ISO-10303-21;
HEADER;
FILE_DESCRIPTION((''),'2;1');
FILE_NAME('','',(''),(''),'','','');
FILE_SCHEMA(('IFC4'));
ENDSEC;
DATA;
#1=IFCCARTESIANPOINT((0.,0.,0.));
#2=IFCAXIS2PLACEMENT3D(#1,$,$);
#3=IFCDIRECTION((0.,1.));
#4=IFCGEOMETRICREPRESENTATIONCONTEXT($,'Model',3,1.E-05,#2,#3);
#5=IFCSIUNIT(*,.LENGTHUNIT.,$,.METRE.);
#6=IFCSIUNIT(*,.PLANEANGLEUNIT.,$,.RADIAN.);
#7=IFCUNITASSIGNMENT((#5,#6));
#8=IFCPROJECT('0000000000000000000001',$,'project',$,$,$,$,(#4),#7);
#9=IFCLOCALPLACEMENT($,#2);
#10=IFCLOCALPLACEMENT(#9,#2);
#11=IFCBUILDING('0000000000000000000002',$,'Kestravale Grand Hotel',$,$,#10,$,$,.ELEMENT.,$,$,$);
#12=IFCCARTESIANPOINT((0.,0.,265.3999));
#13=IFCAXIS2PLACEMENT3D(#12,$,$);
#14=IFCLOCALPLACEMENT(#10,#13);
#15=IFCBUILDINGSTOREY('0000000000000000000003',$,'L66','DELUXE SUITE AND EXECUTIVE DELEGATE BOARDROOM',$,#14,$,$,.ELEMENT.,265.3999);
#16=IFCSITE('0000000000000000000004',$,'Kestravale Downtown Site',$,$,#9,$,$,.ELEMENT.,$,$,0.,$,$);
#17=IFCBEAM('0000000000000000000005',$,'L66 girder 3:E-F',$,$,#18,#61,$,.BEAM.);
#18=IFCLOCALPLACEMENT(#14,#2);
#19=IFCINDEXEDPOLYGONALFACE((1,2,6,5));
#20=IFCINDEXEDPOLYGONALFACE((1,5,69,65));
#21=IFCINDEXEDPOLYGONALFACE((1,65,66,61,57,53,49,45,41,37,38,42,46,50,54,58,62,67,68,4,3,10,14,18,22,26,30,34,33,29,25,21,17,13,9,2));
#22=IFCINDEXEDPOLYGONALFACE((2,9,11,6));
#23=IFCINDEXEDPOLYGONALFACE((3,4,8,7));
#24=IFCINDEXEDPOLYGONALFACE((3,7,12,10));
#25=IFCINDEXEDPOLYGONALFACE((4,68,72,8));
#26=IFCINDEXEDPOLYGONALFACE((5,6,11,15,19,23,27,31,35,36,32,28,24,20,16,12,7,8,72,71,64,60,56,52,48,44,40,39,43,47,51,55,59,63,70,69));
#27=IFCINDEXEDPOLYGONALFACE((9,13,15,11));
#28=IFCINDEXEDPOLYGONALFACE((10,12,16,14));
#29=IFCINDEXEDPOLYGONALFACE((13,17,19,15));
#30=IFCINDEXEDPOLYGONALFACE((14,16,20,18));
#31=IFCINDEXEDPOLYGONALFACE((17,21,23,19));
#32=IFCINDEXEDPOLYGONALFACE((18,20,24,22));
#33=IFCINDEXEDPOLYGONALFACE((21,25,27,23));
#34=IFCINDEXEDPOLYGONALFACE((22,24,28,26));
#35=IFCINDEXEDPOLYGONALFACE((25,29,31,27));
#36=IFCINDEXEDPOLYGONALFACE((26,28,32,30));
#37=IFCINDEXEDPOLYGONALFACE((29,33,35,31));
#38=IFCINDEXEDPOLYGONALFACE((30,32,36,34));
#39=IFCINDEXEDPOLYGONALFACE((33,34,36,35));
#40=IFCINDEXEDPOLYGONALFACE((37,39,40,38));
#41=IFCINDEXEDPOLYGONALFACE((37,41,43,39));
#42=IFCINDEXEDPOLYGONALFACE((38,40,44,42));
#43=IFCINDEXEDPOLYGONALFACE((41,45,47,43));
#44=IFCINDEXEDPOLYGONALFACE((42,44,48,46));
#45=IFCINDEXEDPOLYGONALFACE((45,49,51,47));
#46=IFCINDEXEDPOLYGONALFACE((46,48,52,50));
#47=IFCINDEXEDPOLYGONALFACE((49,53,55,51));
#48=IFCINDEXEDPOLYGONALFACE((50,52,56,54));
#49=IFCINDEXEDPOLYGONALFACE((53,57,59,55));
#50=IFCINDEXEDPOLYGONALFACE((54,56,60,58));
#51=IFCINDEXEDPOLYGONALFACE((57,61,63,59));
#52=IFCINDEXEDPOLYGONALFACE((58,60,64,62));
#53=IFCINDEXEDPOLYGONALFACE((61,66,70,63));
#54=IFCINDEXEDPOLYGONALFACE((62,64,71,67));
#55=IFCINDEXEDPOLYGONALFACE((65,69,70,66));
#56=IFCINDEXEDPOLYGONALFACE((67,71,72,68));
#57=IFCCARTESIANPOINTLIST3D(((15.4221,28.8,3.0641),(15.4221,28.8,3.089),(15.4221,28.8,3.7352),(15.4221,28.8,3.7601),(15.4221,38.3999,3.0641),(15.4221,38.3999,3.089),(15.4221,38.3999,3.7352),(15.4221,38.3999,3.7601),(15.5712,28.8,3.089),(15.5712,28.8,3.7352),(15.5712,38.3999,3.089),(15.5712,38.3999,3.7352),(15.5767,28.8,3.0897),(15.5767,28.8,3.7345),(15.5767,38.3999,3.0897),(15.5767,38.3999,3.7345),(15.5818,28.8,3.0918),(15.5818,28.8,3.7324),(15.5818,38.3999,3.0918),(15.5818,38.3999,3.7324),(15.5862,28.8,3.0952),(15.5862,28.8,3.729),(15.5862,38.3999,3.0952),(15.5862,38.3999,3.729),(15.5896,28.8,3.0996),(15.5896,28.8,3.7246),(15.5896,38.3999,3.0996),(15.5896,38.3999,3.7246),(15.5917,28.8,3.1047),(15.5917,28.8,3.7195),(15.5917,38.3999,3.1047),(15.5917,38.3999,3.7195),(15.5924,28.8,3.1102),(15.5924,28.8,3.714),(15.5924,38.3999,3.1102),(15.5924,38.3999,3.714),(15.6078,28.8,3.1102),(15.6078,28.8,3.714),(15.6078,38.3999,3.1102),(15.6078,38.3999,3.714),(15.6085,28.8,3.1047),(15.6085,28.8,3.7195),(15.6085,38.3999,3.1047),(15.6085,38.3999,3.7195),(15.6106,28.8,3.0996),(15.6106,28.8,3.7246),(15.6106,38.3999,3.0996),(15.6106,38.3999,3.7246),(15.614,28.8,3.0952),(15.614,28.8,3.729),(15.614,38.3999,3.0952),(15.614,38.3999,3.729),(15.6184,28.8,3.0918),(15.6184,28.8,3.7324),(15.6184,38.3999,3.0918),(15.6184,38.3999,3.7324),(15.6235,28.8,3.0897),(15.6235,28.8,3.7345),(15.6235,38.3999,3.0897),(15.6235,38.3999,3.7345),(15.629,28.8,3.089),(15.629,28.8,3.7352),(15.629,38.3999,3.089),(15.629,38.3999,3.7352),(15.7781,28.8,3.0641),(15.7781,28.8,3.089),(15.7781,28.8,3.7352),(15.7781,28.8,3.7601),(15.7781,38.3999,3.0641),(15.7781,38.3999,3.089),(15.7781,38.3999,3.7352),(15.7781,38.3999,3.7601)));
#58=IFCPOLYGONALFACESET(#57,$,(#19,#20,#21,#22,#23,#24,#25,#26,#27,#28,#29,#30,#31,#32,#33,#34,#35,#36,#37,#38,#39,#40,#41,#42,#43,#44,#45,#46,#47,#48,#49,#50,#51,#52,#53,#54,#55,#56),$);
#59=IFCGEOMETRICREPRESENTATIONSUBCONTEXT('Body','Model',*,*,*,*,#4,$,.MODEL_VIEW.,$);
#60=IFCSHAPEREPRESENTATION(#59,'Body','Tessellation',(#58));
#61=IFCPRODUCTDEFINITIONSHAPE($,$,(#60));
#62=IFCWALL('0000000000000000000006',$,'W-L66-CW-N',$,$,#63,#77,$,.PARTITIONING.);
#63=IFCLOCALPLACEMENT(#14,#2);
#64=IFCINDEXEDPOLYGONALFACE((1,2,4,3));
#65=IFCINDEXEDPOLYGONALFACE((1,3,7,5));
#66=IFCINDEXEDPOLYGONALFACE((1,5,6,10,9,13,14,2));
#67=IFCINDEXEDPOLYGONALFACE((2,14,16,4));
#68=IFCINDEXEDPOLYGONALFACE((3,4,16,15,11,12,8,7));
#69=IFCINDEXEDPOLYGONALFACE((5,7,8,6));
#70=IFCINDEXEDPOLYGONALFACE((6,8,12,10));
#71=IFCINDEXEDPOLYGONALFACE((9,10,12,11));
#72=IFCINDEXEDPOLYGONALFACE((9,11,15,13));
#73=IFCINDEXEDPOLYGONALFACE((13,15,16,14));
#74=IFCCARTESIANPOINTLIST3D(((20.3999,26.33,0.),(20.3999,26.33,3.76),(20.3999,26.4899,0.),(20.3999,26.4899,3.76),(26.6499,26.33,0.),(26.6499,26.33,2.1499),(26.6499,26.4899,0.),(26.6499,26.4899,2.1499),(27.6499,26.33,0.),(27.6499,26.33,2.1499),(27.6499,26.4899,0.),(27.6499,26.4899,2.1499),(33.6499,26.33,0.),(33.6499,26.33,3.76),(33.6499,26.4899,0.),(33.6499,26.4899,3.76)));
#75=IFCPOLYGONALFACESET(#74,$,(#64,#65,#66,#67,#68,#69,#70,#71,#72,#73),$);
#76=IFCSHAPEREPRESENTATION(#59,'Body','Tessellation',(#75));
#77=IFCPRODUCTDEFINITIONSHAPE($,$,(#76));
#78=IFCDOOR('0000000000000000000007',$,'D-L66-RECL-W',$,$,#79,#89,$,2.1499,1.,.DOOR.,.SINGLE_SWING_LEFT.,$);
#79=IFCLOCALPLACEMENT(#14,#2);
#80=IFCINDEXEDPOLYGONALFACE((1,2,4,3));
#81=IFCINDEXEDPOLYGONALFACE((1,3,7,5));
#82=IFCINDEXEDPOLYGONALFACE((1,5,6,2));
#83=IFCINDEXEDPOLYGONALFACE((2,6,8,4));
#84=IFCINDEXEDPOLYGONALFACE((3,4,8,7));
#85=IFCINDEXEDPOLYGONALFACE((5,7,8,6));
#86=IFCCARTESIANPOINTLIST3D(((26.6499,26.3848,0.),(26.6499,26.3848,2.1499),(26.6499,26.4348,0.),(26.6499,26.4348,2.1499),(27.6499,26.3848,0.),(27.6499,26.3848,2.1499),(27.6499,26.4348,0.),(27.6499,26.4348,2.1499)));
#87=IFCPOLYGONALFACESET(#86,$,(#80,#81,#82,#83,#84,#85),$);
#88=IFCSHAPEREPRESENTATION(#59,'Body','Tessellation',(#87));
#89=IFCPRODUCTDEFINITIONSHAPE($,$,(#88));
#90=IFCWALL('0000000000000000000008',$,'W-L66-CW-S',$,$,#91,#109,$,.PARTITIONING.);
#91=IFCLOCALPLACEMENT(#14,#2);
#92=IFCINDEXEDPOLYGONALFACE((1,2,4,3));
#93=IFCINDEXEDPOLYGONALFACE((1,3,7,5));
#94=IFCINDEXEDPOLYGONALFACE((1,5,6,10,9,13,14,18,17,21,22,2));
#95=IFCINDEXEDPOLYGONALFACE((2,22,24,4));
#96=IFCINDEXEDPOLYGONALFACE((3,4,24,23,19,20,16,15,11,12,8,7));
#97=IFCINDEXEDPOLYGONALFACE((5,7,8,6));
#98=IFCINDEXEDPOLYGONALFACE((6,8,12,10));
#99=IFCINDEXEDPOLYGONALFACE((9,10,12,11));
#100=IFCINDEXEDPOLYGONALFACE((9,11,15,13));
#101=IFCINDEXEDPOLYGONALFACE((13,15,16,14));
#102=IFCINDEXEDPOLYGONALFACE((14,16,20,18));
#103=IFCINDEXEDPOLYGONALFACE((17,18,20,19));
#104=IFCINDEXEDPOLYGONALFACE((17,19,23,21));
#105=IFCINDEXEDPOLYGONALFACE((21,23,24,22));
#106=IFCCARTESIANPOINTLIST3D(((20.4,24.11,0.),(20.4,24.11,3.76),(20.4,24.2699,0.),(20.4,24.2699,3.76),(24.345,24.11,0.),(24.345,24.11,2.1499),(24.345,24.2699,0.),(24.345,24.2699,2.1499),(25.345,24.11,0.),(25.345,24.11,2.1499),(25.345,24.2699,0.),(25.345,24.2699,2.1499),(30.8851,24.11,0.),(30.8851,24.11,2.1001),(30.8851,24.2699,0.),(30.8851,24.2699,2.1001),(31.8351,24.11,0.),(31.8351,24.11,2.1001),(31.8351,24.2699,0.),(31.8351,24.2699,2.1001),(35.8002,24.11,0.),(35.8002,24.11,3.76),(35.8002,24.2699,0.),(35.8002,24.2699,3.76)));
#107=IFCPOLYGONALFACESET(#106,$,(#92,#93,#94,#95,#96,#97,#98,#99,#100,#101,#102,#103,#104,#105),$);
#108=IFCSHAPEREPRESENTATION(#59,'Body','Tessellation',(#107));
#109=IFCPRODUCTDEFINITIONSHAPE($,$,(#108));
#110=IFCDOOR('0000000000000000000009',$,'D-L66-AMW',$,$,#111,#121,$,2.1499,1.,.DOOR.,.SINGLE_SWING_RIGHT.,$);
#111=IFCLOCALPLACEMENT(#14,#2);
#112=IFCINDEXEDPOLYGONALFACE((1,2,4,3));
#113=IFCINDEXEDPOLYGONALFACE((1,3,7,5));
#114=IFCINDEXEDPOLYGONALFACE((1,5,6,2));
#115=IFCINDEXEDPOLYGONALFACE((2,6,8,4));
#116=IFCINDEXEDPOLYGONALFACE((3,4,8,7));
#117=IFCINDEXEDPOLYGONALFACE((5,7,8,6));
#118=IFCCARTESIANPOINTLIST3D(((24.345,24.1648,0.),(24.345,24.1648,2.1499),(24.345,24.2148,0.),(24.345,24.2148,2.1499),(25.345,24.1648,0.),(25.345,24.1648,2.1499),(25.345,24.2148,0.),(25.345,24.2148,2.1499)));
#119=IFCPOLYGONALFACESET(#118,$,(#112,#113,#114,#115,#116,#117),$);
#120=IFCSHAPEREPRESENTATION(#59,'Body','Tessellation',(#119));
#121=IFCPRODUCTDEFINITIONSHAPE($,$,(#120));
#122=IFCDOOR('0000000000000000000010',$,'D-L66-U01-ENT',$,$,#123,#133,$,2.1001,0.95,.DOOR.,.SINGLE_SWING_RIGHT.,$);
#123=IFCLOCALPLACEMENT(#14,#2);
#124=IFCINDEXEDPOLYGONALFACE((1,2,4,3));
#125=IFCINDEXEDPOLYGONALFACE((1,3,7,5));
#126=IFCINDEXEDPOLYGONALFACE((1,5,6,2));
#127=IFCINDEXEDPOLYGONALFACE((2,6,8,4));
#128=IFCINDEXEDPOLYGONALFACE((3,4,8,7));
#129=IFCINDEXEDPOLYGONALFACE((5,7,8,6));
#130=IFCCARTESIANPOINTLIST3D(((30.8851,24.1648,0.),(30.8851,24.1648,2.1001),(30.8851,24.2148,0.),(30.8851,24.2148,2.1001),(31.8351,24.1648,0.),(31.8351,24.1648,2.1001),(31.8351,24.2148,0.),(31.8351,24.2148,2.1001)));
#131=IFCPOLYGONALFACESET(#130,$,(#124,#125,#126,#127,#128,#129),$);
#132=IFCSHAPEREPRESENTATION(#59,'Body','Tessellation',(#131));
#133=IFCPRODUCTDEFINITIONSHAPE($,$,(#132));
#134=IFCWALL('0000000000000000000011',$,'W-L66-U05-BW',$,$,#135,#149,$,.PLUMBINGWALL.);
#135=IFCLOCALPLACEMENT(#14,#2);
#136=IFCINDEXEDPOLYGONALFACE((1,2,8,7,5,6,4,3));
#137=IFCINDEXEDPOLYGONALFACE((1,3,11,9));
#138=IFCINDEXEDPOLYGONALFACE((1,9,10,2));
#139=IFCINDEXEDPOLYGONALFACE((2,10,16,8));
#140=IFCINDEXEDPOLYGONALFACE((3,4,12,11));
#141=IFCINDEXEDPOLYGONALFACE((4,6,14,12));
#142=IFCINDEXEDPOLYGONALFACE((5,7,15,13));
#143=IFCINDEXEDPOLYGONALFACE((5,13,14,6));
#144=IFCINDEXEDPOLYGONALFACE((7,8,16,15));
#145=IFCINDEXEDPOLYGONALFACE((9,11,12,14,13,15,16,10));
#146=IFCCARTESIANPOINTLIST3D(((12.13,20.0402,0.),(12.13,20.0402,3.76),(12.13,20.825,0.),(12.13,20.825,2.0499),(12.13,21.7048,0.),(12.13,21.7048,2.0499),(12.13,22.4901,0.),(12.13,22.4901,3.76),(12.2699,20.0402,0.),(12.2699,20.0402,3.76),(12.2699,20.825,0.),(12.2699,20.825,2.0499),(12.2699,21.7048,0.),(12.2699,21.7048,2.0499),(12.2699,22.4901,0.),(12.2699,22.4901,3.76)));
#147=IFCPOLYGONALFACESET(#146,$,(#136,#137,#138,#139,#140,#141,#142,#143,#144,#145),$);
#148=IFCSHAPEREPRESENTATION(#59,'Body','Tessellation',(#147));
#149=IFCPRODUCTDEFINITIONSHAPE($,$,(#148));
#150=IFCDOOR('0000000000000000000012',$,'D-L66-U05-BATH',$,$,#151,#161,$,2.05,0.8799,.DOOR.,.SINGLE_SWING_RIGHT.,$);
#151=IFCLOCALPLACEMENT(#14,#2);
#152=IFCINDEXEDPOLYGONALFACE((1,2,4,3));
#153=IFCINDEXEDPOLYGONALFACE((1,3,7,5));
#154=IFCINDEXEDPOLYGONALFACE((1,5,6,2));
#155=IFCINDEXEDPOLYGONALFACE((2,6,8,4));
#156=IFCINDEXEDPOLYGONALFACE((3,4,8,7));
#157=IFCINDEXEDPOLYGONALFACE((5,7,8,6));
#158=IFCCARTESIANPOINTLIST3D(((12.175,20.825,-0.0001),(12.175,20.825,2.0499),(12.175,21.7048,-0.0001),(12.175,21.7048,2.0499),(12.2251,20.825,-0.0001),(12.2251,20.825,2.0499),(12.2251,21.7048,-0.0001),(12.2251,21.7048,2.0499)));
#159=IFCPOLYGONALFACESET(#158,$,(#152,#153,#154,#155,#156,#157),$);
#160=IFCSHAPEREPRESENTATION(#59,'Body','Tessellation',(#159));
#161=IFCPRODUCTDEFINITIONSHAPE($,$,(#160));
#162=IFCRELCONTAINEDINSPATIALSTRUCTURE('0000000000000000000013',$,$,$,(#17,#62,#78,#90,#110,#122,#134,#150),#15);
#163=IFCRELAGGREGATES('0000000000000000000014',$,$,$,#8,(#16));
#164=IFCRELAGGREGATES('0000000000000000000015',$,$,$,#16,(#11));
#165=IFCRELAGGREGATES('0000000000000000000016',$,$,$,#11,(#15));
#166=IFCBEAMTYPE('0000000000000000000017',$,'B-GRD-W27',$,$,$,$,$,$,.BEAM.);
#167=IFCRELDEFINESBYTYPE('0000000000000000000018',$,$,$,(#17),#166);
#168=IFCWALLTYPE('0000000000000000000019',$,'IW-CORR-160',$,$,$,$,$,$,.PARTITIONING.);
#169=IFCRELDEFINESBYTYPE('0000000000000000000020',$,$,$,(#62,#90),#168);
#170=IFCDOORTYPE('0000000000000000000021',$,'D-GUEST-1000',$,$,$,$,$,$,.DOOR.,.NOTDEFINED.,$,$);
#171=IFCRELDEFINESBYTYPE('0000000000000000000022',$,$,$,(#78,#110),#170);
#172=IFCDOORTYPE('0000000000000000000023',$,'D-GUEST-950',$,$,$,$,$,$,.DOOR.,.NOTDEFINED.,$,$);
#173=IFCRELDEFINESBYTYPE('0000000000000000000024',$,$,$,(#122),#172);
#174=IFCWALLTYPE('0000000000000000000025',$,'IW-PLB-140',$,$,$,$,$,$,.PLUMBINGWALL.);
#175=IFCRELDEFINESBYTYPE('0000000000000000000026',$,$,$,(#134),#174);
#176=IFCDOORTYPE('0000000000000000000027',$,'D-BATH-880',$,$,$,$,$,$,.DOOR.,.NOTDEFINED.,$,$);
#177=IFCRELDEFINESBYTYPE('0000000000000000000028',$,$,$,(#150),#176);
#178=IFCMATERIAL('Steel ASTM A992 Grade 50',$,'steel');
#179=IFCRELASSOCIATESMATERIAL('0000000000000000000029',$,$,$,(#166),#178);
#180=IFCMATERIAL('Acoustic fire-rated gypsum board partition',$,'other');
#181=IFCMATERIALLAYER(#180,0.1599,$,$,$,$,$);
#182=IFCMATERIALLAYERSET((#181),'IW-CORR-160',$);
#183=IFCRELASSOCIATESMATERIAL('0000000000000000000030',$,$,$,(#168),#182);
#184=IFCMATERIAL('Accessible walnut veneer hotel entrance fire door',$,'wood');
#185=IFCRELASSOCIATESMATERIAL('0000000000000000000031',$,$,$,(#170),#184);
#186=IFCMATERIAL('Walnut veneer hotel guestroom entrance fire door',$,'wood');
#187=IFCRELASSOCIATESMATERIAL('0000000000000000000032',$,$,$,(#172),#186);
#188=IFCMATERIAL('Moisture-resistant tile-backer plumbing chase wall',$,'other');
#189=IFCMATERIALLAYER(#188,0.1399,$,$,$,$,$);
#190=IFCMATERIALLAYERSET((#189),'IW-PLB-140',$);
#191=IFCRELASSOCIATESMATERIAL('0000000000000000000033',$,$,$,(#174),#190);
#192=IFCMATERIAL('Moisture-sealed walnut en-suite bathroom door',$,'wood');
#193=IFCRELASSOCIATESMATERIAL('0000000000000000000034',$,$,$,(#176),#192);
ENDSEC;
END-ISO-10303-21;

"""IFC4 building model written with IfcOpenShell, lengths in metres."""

from ifc_helpers import new_model, si_unit, direction, frame, frame_2d, origin, origin_2d, place, context, subcontext, project, spatial, rectangle, i_section, extrude, material, layer, layer_set, material_profile, profile_set, type_object, element, fill, save


model = new_model("IFC4")

# Units and contexts
model_context = context("Model", 3, precision=1e-05, world=origin(), true_north=direction((0.0, 1.0)))
body_context = subcontext(model_context, "Body", "Model", "MODEL_VIEW")
ifc_project = project(units=[si_unit("LENGTHUNIT", "METRE"), si_unit("PLANEANGLEUNIT", "RADIAN")], contexts=[model_context])

# Site, building, storey
site_placement = place(None, origin())
site = spatial("IfcSite", under=ifc_project, at=site_placement, Name="Kestravale Downtown Site", CompositionType="ELEMENT", RefElevation=0.0)
building_placement = place(site_placement, origin())
building = spatial("IfcBuilding", under=site, at=building_placement, Name="Kestravale Grand Hotel", CompositionType="ELEMENT")
storey_placement = place(building_placement, frame((0.0, 0.0, 265.3999)))
storey = spatial("IfcBuildingStorey", under=building, at=storey_placement, Name="L66", Description="DELUXE SUITE AND EXECUTIVE DELEGATE BOARDROOM", CompositionType="ELEMENT", Elevation=265.3999)

# Beam
ifc_material_1 = material(Name="Steel ASTM A992 Grade 50", Category="steel")
ifc_material_profile_1 = material_profile(ifc_material_1, i_section(OverallWidth=0.356, OverallDepth=0.696, WebThickness=0.0154, FlangeThickness=0.0249, FilletRadius=0.0212, at=origin_2d()))
ifc_profile_set_1 = profile_set([ifc_material_profile_1], Name="Steel ASTM A992 Grade 50")
beam_type_1 = type_object("IfcBeamType", Name="B-GRD-W27", PredefinedType="BEAM", material=ifc_profile_set_1)
beam_1_placement = place(storey_placement, frame((15.6001, 28.8, 3.4121), z_axis=(0.0, 1.0, 0.0), x_axis=(-1.0, 0.0, 0.0)))
element("IfcBeam", 1, at=beam_1_placement, inside=storey, type_object=beam_type_1, Name="L66 girder 3:E-F", PredefinedType="BEAM", context=body_context, shape_type="SweptSolid", body=[
    extrude(i_section(OverallWidth=0.356, OverallDepth=0.696, WebThickness=0.0154, FlangeThickness=0.0249, FilletRadius=0.0212, at=origin_2d()), origin(), (0.0, 0.0, 1.0), 9.5999),
])

# Wall, opening, door
ifc_material_2 = material(Name="Acoustic fire-rated gypsum board partition", Category="other")
ifc_layer_1 = layer(ifc_material_2, 0.1599)
ifc_layer_set_1 = layer_set([ifc_layer_1], Name="IW-CORR-160")
wall_type_1 = type_object("IfcWallType", Name="IW-CORR-160", PredefinedType="PARTITIONING", material=ifc_layer_set_1)
wall_1_placement = place(storey_placement, frame((20.3999, 26.4099, 0.0), z_axis=(0.0, 0.0, 1.0), x_axis=(1.0, 0.0, 0.0)))
wall_1 = element("IfcWall", 2, at=wall_1_placement, inside=storey, type_object=wall_type_1, Name="W-L66-CW-N", PredefinedType="PARTITIONING", context=body_context, shape_type="SweptSolid", body=[
    extrude(rectangle(XDim=13.25, YDim=0.1599, at=frame_2d((6.625, 0.0))), origin(), (0.0, 0.0, 1.0), 3.76),
])
opening_1_placement = place(wall_1_placement, frame((6.25, 0.0, 0.0)))
opening_1 = element("IfcOpeningElement", 3, at=opening_1_placement, cuts=wall_1, PredefinedType="OPENING", context=body_context, shape_type="SweptSolid", body=[
    extrude(rectangle(XDim=1.0, YDim=2.1499, at=frame_2d((0.5, 1.075))), frame((0.0, 0.0898, 0.0), z_axis=(0.0, -1.0, 0.0), x_axis=(1.0, 0.0, 0.0)), (0.0, 0.0, 1.0), 0.1799),
])
ifc_material_3 = material(Name="Accessible walnut veneer hotel entrance fire door", Category="wood")
door_type_1 = type_object("IfcDoorType", Name="D-GUEST-1000", OperationType="NOTDEFINED", PredefinedType="DOOR", material=ifc_material_3)
door_1_placement = place(opening_1_placement, origin())
door_1 = element("IfcDoor", 4, at=door_1_placement, inside=storey, type_object=door_type_1, Name="D-L66-RECL-W", OperationType="SINGLE_SWING_LEFT", OverallHeight=2.1499, OverallWidth=1.0, PredefinedType="DOOR", context=body_context, shape_type="SweptSolid", body=[
    extrude(rectangle(XDim=1.0, YDim=2.1499, at=frame_2d((0.5, 1.075))), frame((0.0, 0.0249, 0.0), z_axis=(0.0, -1.0, 0.0), x_axis=(1.0, 0.0, 0.0)), (0.0, 0.0, 1.0), 0.05),
])
fill(opening_1, door_1)

# Wall, openings, doors
wall_2_placement = place(storey_placement, frame((20.3999, 24.1899, 0.0), z_axis=(0.0, 0.0, 1.0), x_axis=(1.0, 0.0, 0.0)))
wall_2 = element("IfcWall", 5, at=wall_2_placement, inside=storey, type_object=wall_type_1, Name="W-L66-CW-S", PredefinedType="PARTITIONING", context=body_context, shape_type="SweptSolid", body=[
    extrude(rectangle(XDim=15.4001, YDim=0.1599, at=frame_2d((7.7002, 0.0))), origin(), (0.0, 0.0, 1.0), 3.76),
])
opening_2_placement = place(wall_2_placement, frame((3.9451, 0.0, 0.0)))
opening_2 = element("IfcOpeningElement", 6, at=opening_2_placement, cuts=wall_2, PredefinedType="OPENING", context=body_context, shape_type="SweptSolid", body=[
    extrude(rectangle(XDim=1.0, YDim=2.1499, at=frame_2d((0.5, 1.075))), frame((0.0, 0.0898, 0.0), z_axis=(0.0, -1.0, 0.0), x_axis=(1.0, 0.0, 0.0)), (0.0, 0.0, 1.0), 0.1799),
])
opening_3_placement = place(wall_2_placement, frame((10.4851, 0.0, 0.0)))
opening_3 = element("IfcOpeningElement", 7, at=opening_3_placement, cuts=wall_2, PredefinedType="OPENING", context=body_context, shape_type="SweptSolid", body=[
    extrude(rectangle(XDim=0.95, YDim=2.1001, at=frame_2d((0.4751, 1.05))), frame((0.0, 0.0898, 0.0), z_axis=(0.0, -1.0, 0.0), x_axis=(1.0, 0.0, 0.0)), (0.0, 0.0, 1.0), 0.1799),
])
door_2_placement = place(opening_2_placement, origin())
door_2 = element("IfcDoor", 8, at=door_2_placement, inside=storey, type_object=door_type_1, Name="D-L66-AMW", OperationType="SINGLE_SWING_RIGHT", OverallHeight=2.1499, OverallWidth=1.0, PredefinedType="DOOR", context=body_context, shape_type="SweptSolid", body=[
    extrude(rectangle(XDim=1.0, YDim=2.1499, at=frame_2d((0.5, 1.075))), frame((0.0, 0.0249, 0.0), z_axis=(0.0, -1.0, 0.0), x_axis=(1.0, 0.0, 0.0)), (0.0, 0.0, 1.0), 0.05),
])
fill(opening_2, door_2)
ifc_material_4 = material(Name="Walnut veneer hotel guestroom entrance fire door", Category="wood")
door_type_2 = type_object("IfcDoorType", Name="D-GUEST-950", OperationType="NOTDEFINED", PredefinedType="DOOR", material=ifc_material_4)
door_3_placement = place(opening_3_placement, origin())
door_3 = element("IfcDoor", 9, at=door_3_placement, inside=storey, type_object=door_type_2, Name="D-L66-U01-ENT", OperationType="SINGLE_SWING_RIGHT", OverallHeight=2.1001, OverallWidth=0.95, PredefinedType="DOOR", context=body_context, shape_type="SweptSolid", body=[
    extrude(rectangle(XDim=0.95, YDim=2.1001, at=frame_2d((0.4751, 1.05))), frame((0.0, 0.0249, 0.0), z_axis=(0.0, -1.0, 0.0), x_axis=(1.0, 0.0, 0.0)), (0.0, 0.0, 1.0), 0.05),
])
fill(opening_3, door_3)

# Wall, opening, door
ifc_material_5 = material(Name="Moisture-resistant tile-backer plumbing chase wall", Category="other")
ifc_layer_2 = layer(ifc_material_5, 0.1399)
ifc_layer_set_2 = layer_set([ifc_layer_2], Name="IW-PLB-140")
wall_type_2 = type_object("IfcWallType", Name="IW-PLB-140", PredefinedType="PLUMBINGWALL", material=ifc_layer_set_2)
wall_3_placement = place(storey_placement, frame((12.2, 20.04, 0.0), z_axis=(0.0, 0.0, 1.0), x_axis=(0.0, 1.0, 0.0)))
wall_3 = element("IfcWall", 10, at=wall_3_placement, inside=storey, type_object=wall_type_2, Name="W-L66-U05-BW", PredefinedType="PLUMBINGWALL", context=body_context, shape_type="SweptSolid", body=[
    extrude(rectangle(XDim=2.45, YDim=0.1399, at=frame_2d((1.2251, 0.0))), origin(), (0.0, 0.0, 1.0), 3.76),
])
opening_4_placement = place(wall_3_placement, frame((0.7849, 0.0, 0.0)))
opening_4 = element("IfcOpeningElement", 11, at=opening_4_placement, cuts=wall_3, PredefinedType="OPENING", context=body_context, shape_type="SweptSolid", body=[
    extrude(rectangle(XDim=0.8799, YDim=2.05, at=frame_2d((0.4399, 1.0249))), frame((0.0, 0.0798, 0.0), z_axis=(0.0, -1.0, 0.0), x_axis=(1.0, 0.0, 0.0)), (0.0, 0.0, 1.0), 0.1599),
])
ifc_material_6 = material(Name="Moisture-sealed walnut en-suite bathroom door", Category="wood")
door_type_3 = type_object("IfcDoorType", Name="D-BATH-880", OperationType="NOTDEFINED", PredefinedType="DOOR", material=ifc_material_6)
door_4_placement = place(opening_4_placement, origin())
door_4 = element("IfcDoor", 12, at=door_4_placement, inside=storey, type_object=door_type_3, Name="D-L66-U05-BATH", OperationType="SINGLE_SWING_RIGHT", OverallHeight=2.05, OverallWidth=0.8799, PredefinedType="DOOR", context=body_context, shape_type="SweptSolid", body=[
    extrude(rectangle(XDim=0.8799, YDim=2.05, at=frame_2d((0.4399, 1.0249))), frame((0.0, 0.0249, 0.0), z_axis=(0.0, -1.0, 0.0), x_axis=(1.0, 0.0, 0.0)), (0.0, 0.0, 1.0), 0.05),
])
fill(opening_4, door_4)

save(model, "model.ifc")
